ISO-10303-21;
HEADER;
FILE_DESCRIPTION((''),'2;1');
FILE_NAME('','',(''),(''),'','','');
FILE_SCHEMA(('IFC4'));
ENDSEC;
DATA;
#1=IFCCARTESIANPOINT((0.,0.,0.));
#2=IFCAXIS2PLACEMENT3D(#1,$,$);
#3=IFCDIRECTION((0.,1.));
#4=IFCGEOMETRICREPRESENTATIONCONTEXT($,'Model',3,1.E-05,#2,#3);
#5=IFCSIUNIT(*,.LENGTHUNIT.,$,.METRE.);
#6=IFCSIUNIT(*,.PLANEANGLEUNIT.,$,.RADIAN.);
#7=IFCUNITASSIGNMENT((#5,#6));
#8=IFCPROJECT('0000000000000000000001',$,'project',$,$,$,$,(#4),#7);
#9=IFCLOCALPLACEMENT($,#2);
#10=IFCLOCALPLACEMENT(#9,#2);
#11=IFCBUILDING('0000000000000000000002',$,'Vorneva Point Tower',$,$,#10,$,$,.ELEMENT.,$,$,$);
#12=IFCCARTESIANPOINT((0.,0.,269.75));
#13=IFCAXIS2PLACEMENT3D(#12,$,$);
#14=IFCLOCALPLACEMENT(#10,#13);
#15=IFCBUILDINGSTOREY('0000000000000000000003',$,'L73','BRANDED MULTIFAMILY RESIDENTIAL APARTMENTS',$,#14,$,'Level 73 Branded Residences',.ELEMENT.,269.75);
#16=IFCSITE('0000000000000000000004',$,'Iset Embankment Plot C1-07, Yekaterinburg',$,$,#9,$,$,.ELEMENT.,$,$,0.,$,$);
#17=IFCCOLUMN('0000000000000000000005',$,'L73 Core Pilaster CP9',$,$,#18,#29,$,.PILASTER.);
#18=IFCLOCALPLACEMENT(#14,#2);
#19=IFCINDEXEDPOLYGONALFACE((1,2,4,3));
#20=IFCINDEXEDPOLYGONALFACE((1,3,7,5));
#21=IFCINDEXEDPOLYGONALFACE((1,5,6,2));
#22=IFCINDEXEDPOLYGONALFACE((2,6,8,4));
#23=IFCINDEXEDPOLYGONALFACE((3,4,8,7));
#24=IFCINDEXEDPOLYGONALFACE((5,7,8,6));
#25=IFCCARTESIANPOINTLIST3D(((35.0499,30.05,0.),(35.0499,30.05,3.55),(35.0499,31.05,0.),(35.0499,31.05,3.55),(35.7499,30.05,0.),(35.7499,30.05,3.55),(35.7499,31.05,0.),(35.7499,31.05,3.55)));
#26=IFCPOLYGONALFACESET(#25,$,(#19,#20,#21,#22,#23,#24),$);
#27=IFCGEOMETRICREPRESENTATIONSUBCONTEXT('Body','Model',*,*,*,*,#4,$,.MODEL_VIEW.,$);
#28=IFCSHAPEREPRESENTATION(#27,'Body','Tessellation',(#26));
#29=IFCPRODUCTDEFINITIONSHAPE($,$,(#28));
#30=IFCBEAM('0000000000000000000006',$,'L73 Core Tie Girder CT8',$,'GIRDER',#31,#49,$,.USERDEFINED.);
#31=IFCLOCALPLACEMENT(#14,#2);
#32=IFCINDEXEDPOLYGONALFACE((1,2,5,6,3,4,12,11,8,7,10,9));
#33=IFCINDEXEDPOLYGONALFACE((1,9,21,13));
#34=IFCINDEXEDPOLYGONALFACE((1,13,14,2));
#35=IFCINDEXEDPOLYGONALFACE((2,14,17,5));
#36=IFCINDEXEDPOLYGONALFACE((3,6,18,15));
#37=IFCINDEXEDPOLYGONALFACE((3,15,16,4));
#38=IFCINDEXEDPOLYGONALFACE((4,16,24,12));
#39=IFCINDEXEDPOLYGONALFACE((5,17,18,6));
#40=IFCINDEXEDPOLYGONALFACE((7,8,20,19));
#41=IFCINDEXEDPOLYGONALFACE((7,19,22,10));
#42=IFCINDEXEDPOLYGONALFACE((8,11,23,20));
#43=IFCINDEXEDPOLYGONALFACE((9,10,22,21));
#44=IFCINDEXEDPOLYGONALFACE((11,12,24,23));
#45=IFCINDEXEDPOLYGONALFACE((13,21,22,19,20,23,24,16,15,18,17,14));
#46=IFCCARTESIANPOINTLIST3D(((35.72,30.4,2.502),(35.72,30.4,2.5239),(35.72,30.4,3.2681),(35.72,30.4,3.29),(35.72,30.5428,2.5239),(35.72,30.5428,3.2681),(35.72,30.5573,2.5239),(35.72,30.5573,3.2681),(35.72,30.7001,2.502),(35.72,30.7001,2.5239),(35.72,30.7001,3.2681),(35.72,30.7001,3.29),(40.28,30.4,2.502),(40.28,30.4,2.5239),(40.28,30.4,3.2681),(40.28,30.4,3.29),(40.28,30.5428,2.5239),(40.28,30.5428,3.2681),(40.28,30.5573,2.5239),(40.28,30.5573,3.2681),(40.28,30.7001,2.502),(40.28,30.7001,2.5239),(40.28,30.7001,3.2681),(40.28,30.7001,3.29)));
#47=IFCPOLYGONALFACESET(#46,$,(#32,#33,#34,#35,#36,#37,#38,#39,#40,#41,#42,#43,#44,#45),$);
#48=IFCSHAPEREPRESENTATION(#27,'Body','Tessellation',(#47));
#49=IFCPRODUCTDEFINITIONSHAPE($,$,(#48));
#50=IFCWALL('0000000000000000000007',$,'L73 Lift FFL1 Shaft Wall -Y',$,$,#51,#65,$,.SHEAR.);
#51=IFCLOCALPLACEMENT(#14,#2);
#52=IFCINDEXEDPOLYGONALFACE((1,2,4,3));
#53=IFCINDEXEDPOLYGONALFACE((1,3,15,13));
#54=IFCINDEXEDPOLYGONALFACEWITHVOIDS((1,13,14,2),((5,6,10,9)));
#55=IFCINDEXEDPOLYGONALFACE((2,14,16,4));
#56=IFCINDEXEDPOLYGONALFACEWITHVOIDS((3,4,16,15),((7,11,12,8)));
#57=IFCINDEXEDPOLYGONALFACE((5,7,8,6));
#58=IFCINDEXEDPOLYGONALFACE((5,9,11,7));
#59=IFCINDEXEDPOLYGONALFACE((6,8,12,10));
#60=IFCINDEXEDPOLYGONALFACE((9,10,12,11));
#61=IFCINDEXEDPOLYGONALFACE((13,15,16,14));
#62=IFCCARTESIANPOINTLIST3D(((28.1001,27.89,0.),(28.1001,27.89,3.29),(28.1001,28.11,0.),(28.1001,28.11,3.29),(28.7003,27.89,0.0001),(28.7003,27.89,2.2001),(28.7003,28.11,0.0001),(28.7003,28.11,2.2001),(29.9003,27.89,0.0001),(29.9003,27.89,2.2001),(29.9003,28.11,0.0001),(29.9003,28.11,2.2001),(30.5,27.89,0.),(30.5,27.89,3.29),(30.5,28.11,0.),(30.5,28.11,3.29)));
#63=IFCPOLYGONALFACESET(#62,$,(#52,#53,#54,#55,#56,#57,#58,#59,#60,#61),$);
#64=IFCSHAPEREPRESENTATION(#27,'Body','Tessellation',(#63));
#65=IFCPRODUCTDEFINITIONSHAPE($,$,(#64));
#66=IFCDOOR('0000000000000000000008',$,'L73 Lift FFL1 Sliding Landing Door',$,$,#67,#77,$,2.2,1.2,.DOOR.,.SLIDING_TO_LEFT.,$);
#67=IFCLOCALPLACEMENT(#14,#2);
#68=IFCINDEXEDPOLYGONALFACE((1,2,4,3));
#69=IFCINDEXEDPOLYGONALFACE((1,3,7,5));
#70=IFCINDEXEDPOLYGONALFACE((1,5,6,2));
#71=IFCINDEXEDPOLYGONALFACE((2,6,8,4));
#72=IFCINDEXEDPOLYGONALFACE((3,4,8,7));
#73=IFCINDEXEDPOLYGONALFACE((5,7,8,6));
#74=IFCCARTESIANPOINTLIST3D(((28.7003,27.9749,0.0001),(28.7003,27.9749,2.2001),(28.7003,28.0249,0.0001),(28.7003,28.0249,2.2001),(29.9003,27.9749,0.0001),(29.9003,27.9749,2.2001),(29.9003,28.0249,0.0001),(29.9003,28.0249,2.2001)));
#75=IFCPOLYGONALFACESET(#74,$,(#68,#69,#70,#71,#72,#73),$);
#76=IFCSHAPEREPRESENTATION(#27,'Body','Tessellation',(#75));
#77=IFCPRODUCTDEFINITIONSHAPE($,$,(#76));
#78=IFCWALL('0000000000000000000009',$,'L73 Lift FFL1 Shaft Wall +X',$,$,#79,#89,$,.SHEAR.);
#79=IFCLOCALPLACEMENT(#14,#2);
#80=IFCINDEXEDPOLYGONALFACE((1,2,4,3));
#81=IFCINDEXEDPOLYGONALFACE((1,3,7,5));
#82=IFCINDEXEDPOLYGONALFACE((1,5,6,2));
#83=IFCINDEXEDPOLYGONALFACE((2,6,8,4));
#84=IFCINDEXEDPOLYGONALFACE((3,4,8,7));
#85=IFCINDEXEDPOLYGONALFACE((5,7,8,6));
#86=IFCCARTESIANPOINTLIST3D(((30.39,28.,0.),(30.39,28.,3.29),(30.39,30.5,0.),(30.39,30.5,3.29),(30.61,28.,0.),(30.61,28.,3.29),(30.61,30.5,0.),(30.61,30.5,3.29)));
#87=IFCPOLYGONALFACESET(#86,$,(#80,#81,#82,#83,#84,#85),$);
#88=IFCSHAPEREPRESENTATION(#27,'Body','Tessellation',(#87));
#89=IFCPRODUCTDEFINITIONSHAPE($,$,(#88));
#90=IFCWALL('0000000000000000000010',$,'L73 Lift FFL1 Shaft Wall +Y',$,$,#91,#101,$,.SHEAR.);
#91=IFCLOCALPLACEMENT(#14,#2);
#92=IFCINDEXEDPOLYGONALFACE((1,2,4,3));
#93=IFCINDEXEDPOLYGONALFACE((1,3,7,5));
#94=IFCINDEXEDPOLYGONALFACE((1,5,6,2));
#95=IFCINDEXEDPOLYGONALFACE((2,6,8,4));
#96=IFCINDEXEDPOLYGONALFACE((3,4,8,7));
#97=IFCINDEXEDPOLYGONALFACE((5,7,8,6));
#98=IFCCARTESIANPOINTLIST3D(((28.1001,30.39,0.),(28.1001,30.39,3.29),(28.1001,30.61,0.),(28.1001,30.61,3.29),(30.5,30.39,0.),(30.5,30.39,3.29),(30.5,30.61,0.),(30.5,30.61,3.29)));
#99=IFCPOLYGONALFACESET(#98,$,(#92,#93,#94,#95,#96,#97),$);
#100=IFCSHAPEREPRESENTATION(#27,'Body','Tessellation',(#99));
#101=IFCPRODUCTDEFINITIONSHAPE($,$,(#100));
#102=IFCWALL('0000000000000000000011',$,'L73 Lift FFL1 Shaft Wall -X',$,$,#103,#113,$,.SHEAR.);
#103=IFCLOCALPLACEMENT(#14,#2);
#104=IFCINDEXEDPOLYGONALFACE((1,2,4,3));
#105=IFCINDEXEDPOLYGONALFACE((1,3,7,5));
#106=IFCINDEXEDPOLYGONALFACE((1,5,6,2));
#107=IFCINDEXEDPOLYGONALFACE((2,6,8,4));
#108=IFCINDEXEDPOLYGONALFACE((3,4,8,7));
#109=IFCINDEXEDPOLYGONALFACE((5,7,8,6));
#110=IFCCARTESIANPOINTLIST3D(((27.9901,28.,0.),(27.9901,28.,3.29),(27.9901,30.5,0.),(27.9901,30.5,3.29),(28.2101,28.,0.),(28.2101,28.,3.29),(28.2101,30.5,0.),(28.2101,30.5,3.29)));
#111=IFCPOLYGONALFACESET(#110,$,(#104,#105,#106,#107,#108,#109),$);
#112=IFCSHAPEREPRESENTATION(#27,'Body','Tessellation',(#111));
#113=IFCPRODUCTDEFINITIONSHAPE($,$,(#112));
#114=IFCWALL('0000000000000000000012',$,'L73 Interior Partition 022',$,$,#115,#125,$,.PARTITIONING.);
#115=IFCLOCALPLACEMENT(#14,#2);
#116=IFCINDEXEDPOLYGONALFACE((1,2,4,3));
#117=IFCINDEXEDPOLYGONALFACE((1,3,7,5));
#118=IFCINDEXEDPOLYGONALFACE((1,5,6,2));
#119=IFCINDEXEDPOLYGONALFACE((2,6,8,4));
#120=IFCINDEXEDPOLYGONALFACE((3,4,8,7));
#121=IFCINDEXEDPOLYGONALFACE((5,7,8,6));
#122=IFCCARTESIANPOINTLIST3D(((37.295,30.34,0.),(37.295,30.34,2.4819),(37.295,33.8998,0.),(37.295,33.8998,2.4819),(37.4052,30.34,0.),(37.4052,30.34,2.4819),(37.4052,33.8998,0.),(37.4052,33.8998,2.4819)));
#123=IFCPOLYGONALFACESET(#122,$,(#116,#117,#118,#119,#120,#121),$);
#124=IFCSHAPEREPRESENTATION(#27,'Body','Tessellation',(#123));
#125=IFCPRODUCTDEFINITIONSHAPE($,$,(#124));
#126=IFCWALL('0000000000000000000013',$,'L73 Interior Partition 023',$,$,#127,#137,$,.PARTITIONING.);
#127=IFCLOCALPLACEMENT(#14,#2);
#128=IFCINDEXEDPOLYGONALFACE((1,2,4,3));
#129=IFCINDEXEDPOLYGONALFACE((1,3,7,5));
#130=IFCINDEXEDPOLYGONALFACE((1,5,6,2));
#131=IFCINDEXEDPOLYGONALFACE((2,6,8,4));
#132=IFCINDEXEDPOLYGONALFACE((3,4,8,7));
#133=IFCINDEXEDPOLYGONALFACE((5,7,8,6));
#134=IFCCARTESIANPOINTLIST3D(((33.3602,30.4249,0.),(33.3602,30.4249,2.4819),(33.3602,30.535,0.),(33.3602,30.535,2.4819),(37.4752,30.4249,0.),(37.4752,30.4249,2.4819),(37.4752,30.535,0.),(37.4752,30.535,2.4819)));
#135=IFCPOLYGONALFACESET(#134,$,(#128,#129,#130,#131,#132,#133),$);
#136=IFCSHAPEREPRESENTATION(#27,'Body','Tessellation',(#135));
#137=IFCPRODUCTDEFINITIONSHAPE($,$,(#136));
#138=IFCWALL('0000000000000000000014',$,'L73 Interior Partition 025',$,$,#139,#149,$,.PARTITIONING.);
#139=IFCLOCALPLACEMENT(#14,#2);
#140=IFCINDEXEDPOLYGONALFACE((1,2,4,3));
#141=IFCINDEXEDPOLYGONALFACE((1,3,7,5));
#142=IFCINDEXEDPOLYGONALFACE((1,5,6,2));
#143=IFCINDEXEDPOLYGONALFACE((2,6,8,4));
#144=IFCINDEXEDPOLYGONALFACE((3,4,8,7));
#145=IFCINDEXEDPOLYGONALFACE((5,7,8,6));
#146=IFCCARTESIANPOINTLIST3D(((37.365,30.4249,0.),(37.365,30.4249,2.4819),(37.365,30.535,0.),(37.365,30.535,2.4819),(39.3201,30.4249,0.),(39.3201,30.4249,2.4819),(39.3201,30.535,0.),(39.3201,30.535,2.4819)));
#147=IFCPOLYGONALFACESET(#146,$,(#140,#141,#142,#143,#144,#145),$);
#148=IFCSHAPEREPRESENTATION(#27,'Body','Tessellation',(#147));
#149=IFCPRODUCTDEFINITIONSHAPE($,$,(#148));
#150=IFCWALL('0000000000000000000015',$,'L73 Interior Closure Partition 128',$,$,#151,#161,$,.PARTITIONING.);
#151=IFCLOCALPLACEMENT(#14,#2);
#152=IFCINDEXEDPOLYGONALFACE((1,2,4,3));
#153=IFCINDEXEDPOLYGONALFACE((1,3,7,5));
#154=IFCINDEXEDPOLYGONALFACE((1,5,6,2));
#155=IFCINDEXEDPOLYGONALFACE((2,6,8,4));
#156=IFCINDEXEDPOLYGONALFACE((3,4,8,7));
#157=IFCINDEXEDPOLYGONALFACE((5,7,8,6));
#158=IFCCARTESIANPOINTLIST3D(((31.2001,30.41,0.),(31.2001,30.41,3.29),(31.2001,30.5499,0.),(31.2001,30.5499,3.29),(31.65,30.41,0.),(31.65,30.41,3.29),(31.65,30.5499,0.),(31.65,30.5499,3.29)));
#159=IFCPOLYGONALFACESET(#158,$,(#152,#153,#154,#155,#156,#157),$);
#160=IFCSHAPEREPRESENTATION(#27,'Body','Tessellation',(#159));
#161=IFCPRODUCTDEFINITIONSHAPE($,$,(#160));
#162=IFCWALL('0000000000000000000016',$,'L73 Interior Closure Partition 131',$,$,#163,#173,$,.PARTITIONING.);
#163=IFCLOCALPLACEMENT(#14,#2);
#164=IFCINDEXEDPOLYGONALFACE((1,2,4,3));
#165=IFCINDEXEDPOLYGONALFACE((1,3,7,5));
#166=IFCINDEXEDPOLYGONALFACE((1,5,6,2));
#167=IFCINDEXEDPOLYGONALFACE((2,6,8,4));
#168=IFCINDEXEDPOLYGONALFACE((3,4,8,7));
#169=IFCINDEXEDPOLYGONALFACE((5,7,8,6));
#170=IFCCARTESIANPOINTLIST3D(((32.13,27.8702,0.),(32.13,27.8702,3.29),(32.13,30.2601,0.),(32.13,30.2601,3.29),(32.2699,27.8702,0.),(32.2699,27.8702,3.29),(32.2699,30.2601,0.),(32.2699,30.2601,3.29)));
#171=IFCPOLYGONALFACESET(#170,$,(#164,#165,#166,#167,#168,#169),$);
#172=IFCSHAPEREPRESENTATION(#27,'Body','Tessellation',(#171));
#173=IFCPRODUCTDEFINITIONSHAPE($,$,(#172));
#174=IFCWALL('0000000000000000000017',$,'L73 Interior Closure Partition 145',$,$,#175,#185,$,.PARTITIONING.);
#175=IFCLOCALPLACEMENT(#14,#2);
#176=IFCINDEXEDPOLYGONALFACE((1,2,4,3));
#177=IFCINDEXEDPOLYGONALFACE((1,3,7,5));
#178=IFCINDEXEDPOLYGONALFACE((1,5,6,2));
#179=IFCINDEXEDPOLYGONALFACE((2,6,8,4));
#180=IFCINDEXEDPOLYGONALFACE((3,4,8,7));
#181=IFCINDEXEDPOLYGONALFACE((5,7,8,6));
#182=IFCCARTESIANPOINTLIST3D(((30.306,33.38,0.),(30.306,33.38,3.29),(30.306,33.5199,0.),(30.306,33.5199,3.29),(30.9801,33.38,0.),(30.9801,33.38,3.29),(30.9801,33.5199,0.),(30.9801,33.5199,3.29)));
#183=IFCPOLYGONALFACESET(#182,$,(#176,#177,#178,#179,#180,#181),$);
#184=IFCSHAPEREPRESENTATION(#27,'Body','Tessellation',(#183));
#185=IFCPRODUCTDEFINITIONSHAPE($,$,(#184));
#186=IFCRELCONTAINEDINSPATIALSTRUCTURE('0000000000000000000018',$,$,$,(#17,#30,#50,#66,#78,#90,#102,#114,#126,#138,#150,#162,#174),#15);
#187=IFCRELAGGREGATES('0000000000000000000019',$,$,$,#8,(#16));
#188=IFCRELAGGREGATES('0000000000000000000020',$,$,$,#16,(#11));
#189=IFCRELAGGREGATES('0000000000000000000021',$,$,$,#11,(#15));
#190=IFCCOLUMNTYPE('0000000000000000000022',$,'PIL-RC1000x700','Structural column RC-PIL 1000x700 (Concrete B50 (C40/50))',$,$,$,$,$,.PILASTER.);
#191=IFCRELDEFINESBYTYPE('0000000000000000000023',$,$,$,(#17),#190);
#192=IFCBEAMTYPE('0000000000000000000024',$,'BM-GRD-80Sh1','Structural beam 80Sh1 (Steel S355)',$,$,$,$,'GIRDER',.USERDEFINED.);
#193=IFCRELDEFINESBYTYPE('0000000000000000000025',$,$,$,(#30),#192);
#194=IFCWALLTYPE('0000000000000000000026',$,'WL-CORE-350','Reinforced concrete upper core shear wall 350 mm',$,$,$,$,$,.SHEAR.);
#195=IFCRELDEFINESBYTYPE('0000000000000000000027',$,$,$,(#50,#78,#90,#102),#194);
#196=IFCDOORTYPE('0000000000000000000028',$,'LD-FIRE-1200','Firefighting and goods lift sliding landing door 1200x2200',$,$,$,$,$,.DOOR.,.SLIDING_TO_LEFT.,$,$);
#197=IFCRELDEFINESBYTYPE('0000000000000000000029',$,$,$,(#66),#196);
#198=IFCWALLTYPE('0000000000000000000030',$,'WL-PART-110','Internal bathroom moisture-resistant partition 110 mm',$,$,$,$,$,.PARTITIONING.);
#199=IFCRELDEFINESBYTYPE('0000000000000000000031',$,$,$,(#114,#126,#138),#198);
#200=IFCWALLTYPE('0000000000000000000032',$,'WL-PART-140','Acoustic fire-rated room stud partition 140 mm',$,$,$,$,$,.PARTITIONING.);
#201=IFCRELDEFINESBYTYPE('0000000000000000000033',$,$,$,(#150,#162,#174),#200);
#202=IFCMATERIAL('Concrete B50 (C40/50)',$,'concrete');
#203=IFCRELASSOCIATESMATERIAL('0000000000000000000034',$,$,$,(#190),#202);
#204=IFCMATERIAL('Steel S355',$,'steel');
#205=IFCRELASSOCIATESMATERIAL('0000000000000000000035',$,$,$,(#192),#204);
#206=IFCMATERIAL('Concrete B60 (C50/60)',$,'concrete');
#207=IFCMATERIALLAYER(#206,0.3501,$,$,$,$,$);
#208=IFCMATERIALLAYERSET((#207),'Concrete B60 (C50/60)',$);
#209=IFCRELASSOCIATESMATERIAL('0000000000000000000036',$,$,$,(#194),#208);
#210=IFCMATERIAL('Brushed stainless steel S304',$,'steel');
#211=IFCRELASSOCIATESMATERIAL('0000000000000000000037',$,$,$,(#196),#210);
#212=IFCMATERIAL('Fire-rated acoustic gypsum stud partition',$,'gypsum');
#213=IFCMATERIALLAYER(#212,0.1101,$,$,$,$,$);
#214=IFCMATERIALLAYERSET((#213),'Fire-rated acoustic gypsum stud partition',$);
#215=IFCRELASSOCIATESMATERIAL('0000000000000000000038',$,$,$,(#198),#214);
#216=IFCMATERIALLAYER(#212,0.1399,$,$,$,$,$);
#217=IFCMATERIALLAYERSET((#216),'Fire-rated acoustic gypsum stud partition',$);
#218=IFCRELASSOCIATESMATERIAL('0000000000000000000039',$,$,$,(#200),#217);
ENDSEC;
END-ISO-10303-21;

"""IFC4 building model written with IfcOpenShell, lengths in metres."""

from ifc_helpers import new_model, si_unit, direction, frame, frame_2d, origin, origin_2d, place, context, subcontext, project, spatial, rectangle, i_section, extrude, material, layer, layer_set, material_profile, profile_set, type_object, element, fill, save


model = new_model("IFC4")

# Units and contexts
model_context = context("Model", 3, precision=1e-05, world=origin(), true_north=direction((0.0, 1.0)))
body_context = subcontext(model_context, "Body", "Model", "MODEL_VIEW")
ifc_project = project(units=[si_unit("LENGTHUNIT", "METRE"), si_unit("PLANEANGLEUNIT", "RADIAN")], contexts=[model_context])

# Site, building, storey
site_placement = place(None, origin())
site = spatial("IfcSite", under=ifc_project, at=site_placement, Name="Iset Embankment Plot C1-07, Yekaterinburg", CompositionType="ELEMENT", RefElevation=0.0)
building_placement = place(site_placement, origin())
building = spatial("IfcBuilding", under=site, at=building_placement, Name="Vorneva Point Tower", CompositionType="ELEMENT")
storey_placement = place(building_placement, frame((0.0, 0.0, 269.75)))
storey = spatial("IfcBuildingStorey", under=building, at=storey_placement, Name="L73", Description="BRANDED MULTIFAMILY RESIDENTIAL APARTMENTS", LongName="Level 73 Branded Residences", CompositionType="ELEMENT", Elevation=269.75)

# Column
ifc_material_1 = material(Name="Concrete B50 (C40/50)", Category="concrete")
ifc_material_profile_1 = material_profile(ifc_material_1, rectangle(XDim=0.7, YDim=1.0, at=origin_2d()), Name="RC-PIL 1000x700")
ifc_profile_set_1 = profile_set([ifc_material_profile_1], Name="Concrete B50 (C40/50)")
column_type = type_object("IfcColumnType", Name="PIL-RC1000x700", Description="Structural column RC-PIL 1000x700 (Concrete B50 (C40/50))", PredefinedType="PILASTER", material=ifc_profile_set_1)
column_placement = place(storey_placement, frame((35.3999, 30.55, 0.0), z_axis=(0.0, 0.0, 1.0), x_axis=(1.0, 0.0, 0.0)))
element("IfcColumn", 1, at=column_placement, inside=storey, type_object=column_type, Name="L73 Core Pilaster CP9", PredefinedType="PILASTER", context=body_context, shape_type="SweptSolid", body=[
    extrude(rectangle(XDim=0.7, YDim=1.0, at=origin_2d()), origin(), (0.0, 0.0, 1.0), 3.55),
])

# Beam
ifc_material_2 = material(Name="Steel S355", Category="steel")
ifc_material_profile_2 = material_profile(ifc_material_2, i_section(OverallWidth=0.3, OverallDepth=0.7881, WebThickness=0.0144, FlangeThickness=0.022, at=origin_2d()), Name="80Sh1")
ifc_profile_set_2 = profile_set([ifc_material_profile_2], Name="Steel S355")
beam_type = type_object("IfcBeamType", Name="BM-GRD-80Sh1", Description="Structural beam 80Sh1 (Steel S355)", ElementType="GIRDER", PredefinedType="USERDEFINED", material=ifc_profile_set_2)
beam_placement = place(storey_placement, frame((35.72, 30.55, 2.896), z_axis=(1.0, 0.0, 0.0), x_axis=(0.0, 1.0, 0.0)))
element("IfcBeam", 2, at=beam_placement, inside=storey, type_object=beam_type, Name="L73 Core Tie Girder CT8", ObjectType="GIRDER", PredefinedType="USERDEFINED", context=body_context, shape_type="SweptSolid", body=[
    extrude(i_section(OverallWidth=0.3, OverallDepth=0.7881, WebThickness=0.0144, FlangeThickness=0.022, at=origin_2d()), origin(), (0.0, 0.0, 1.0), 4.5601),
])

# Wall, opening, door
ifc_material_3 = material(Name="Concrete B60 (C50/60)", Category="concrete")
ifc_layer_1 = layer(ifc_material_3, 0.3501)
ifc_layer_set_1 = layer_set([ifc_layer_1], Name="Concrete B60 (C50/60)")
wall_type_1 = type_object("IfcWallType", Name="WL-CORE-350", Description="Reinforced concrete upper core shear wall 350 mm", PredefinedType="SHEAR", material=ifc_layer_set_1)
wall_1_placement = place(storey_placement, frame((28.1001, 28.0, 0.0), z_axis=(0.0, 0.0, 1.0), x_axis=(1.0, 0.0, 0.0)))
wall_1 = element("IfcWall", 3, at=wall_1_placement, inside=storey, type_object=wall_type_1, Name="L73 Lift FFL1 Shaft Wall -Y", PredefinedType="SHEAR", context=body_context, shape_type="SweptSolid", body=[
    extrude(rectangle(XDim=2.3999, YDim=0.22, at=frame_2d((1.2, 0.0))), origin(), (0.0, 0.0, 1.0), 3.29),
])
opening_1_placement = place(wall_1_placement, frame((0.6001, 0.0, 0.0)))
opening_1 = element("IfcOpeningElement", 4, at=opening_1_placement, cuts=wall_1, PredefinedType="OPENING", context=body_context, shape_type="SweptSolid", body=[
    extrude(rectangle(XDim=1.2, YDim=2.2, at=frame_2d((0.6001, 1.1001))), frame((0.0, 0.125, 0.0), z_axis=(0.0, -1.0, 0.0), x_axis=(1.0, 0.0, 0.0)), (0.0, 0.0, 1.0), 0.2498),
])
ifc_material_4 = material(Name="Brushed stainless steel S304", Category="steel")
door_type_1 = type_object("IfcDoorType", Name="LD-FIRE-1200", Description="Firefighting and goods lift sliding landing door 1200x2200", OperationType="SLIDING_TO_LEFT", PredefinedType="DOOR", material=ifc_material_4)
door_1_placement = place(opening_1_placement, origin())
door_1 = element("IfcDoor", 5, at=door_1_placement, inside=storey, type_object=door_type_1, Name="L73 Lift FFL1 Sliding Landing Door", OperationType="SLIDING_TO_LEFT", OverallHeight=2.2, OverallWidth=1.2, PredefinedType="DOOR", context=body_context, shape_type="SweptSolid", body=[
    extrude(rectangle(XDim=1.2, YDim=2.2, at=frame_2d((0.6001, 1.1001))), frame((0.0, 0.0249, 0.0), z_axis=(0.0, -1.0, 0.0), x_axis=(1.0, 0.0, 0.0)), (0.0, 0.0, 1.0), 0.05),
])
fill(opening_1, door_1)

# Walls
wall_2_placement = place(storey_placement, frame((30.5, 28.0, 0.0), z_axis=(0.0, 0.0, 1.0), x_axis=(0.0, 1.0, 0.0)))
element("IfcWall", 6, at=wall_2_placement, inside=storey, type_object=wall_type_1, Name="L73 Lift FFL1 Shaft Wall +X", PredefinedType="SHEAR", context=body_context, shape_type="SweptSolid", body=[
    extrude(rectangle(XDim=2.5, YDim=0.22, at=frame_2d((1.25, 0.0))), origin(), (0.0, 0.0, 1.0), 3.29),
])
wall_3_placement = place(storey_placement, frame((30.5, 30.5, 0.0), z_axis=(0.0, 0.0, 1.0), x_axis=(-1.0, 0.0, 0.0)))
element("IfcWall", 7, at=wall_3_placement, inside=storey, type_object=wall_type_1, Name="L73 Lift FFL1 Shaft Wall +Y", PredefinedType="SHEAR", context=body_context, shape_type="SweptSolid", body=[
    extrude(rectangle(XDim=2.3999, YDim=0.22, at=frame_2d((1.2, 0.0))), origin(), (0.0, 0.0, 1.0), 3.29),
])
wall_4_placement = place(storey_placement, frame((28.1001, 30.5, 0.0), z_axis=(0.0, 0.0, 1.0), x_axis=(0.0, -1.0, 0.0)))
element("IfcWall", 8, at=wall_4_placement, inside=storey, type_object=wall_type_1, Name="L73 Lift FFL1 Shaft Wall -X", PredefinedType="SHEAR", context=body_context, shape_type="SweptSolid", body=[
    extrude(rectangle(XDim=2.5, YDim=0.22, at=frame_2d((1.25, 0.0))), origin(), (0.0, 0.0, 1.0), 3.29),
])
ifc_material_5 = material(Name="Fire-rated acoustic gypsum stud partition", Category="gypsum")
ifc_layer_2 = layer(ifc_material_5, 0.1101)
ifc_layer_set_2 = layer_set([ifc_layer_2], Name="Fire-rated acoustic gypsum stud partition")
wall_type_2 = type_object("IfcWallType", Name="WL-PART-110", Description="Internal bathroom moisture-resistant partition 110 mm", PredefinedType="PARTITIONING", material=ifc_layer_set_2)
wall_5_placement = place(storey_placement, frame((37.3501, 30.3401, 0.0), z_axis=(0.0, 0.0, 1.0), x_axis=(0.0, 1.0, 0.0)))
element("IfcWall", 9, at=wall_5_placement, inside=storey, type_object=wall_type_2, Name="L73 Interior Partition 022", PredefinedType="PARTITIONING", context=body_context, shape_type="SweptSolid", body=[
    extrude(rectangle(XDim=3.5598, YDim=0.1101, at=frame_2d((1.7798, 0.0))), origin(), (0.0, 0.0, 1.0), 2.4819),
])
wall_6_placement = place(storey_placement, frame((33.3601, 30.48, 0.0), z_axis=(0.0, 0.0, 1.0), x_axis=(1.0, 0.0, 0.0)))
element("IfcWall", 10, at=wall_6_placement, inside=storey, type_object=wall_type_2, Name="L73 Interior Partition 023", PredefinedType="PARTITIONING", context=body_context, shape_type="SweptSolid", body=[
    extrude(rectangle(XDim=4.115, YDim=0.1101, at=frame_2d((2.0576, 0.0))), origin(), (0.0, 0.0, 1.0), 2.4819),
])
wall_7_placement = place(storey_placement, frame((37.365, 30.48, 0.0), z_axis=(0.0, 0.0, 1.0), x_axis=(1.0, 0.0, 0.0)))
element("IfcWall", 11, at=wall_7_placement, inside=storey, type_object=wall_type_2, Name="L73 Interior Partition 025", PredefinedType="PARTITIONING", context=body_context, shape_type="SweptSolid", body=[
    extrude(rectangle(XDim=1.9551, YDim=0.1101, at=frame_2d((0.9775, 0.0))), origin(), (0.0, 0.0, 1.0), 2.4819),
])
ifc_layer_3 = layer(ifc_material_5, 0.1399)
ifc_layer_set_3 = layer_set([ifc_layer_3], Name="Fire-rated acoustic gypsum stud partition")
wall_type_3 = type_object("IfcWallType", Name="WL-PART-140", Description="Acoustic fire-rated room stud partition 140 mm", PredefinedType="PARTITIONING", material=ifc_layer_set_3)
wall_8_placement = place(storey_placement, frame((31.2, 30.48, 0.0), z_axis=(0.0, 0.0, 1.0), x_axis=(1.0, 0.0, 0.0)))
element("IfcWall", 12, at=wall_8_placement, inside=storey, type_object=wall_type_3, Name="L73 Interior Closure Partition 128", PredefinedType="PARTITIONING", context=body_context, shape_type="SweptSolid", body=[
    extrude(rectangle(XDim=0.45, YDim=0.1399, at=frame_2d((0.2251, 0.0))), origin(), (0.0, 0.0, 1.0), 3.29),
])
wall_9_placement = place(storey_placement, frame((32.2, 30.26, 0.0), z_axis=(0.0, 0.0, 1.0), x_axis=(0.0, -1.0, 0.0)))
element("IfcWall", 13, at=wall_9_placement, inside=storey, type_object=wall_type_3, Name="L73 Interior Closure Partition 131", PredefinedType="PARTITIONING", context=body_context, shape_type="SweptSolid", body=[
    extrude(rectangle(XDim=2.3899, YDim=0.1399, at=frame_2d((1.1948, 0.0))), origin(), (0.0, 0.0, 1.0), 3.29),
])
wall_10_placement = place(storey_placement, frame((30.98, 33.45, 0.0), z_axis=(0.0, 0.0, 1.0), x_axis=(-1.0, 0.0, 0.0)))
element("IfcWall", 14, at=wall_10_placement, inside=storey, type_object=wall_type_3, Name="L73 Interior Closure Partition 145", PredefinedType="PARTITIONING", context=body_context, shape_type="SweptSolid", body=[
    extrude(rectangle(XDim=0.6741, YDim=0.1399, at=frame_2d((0.3369, 0.0))), origin(), (0.0, 0.0, 1.0), 3.29),
])

save(model, "model.ifc")
